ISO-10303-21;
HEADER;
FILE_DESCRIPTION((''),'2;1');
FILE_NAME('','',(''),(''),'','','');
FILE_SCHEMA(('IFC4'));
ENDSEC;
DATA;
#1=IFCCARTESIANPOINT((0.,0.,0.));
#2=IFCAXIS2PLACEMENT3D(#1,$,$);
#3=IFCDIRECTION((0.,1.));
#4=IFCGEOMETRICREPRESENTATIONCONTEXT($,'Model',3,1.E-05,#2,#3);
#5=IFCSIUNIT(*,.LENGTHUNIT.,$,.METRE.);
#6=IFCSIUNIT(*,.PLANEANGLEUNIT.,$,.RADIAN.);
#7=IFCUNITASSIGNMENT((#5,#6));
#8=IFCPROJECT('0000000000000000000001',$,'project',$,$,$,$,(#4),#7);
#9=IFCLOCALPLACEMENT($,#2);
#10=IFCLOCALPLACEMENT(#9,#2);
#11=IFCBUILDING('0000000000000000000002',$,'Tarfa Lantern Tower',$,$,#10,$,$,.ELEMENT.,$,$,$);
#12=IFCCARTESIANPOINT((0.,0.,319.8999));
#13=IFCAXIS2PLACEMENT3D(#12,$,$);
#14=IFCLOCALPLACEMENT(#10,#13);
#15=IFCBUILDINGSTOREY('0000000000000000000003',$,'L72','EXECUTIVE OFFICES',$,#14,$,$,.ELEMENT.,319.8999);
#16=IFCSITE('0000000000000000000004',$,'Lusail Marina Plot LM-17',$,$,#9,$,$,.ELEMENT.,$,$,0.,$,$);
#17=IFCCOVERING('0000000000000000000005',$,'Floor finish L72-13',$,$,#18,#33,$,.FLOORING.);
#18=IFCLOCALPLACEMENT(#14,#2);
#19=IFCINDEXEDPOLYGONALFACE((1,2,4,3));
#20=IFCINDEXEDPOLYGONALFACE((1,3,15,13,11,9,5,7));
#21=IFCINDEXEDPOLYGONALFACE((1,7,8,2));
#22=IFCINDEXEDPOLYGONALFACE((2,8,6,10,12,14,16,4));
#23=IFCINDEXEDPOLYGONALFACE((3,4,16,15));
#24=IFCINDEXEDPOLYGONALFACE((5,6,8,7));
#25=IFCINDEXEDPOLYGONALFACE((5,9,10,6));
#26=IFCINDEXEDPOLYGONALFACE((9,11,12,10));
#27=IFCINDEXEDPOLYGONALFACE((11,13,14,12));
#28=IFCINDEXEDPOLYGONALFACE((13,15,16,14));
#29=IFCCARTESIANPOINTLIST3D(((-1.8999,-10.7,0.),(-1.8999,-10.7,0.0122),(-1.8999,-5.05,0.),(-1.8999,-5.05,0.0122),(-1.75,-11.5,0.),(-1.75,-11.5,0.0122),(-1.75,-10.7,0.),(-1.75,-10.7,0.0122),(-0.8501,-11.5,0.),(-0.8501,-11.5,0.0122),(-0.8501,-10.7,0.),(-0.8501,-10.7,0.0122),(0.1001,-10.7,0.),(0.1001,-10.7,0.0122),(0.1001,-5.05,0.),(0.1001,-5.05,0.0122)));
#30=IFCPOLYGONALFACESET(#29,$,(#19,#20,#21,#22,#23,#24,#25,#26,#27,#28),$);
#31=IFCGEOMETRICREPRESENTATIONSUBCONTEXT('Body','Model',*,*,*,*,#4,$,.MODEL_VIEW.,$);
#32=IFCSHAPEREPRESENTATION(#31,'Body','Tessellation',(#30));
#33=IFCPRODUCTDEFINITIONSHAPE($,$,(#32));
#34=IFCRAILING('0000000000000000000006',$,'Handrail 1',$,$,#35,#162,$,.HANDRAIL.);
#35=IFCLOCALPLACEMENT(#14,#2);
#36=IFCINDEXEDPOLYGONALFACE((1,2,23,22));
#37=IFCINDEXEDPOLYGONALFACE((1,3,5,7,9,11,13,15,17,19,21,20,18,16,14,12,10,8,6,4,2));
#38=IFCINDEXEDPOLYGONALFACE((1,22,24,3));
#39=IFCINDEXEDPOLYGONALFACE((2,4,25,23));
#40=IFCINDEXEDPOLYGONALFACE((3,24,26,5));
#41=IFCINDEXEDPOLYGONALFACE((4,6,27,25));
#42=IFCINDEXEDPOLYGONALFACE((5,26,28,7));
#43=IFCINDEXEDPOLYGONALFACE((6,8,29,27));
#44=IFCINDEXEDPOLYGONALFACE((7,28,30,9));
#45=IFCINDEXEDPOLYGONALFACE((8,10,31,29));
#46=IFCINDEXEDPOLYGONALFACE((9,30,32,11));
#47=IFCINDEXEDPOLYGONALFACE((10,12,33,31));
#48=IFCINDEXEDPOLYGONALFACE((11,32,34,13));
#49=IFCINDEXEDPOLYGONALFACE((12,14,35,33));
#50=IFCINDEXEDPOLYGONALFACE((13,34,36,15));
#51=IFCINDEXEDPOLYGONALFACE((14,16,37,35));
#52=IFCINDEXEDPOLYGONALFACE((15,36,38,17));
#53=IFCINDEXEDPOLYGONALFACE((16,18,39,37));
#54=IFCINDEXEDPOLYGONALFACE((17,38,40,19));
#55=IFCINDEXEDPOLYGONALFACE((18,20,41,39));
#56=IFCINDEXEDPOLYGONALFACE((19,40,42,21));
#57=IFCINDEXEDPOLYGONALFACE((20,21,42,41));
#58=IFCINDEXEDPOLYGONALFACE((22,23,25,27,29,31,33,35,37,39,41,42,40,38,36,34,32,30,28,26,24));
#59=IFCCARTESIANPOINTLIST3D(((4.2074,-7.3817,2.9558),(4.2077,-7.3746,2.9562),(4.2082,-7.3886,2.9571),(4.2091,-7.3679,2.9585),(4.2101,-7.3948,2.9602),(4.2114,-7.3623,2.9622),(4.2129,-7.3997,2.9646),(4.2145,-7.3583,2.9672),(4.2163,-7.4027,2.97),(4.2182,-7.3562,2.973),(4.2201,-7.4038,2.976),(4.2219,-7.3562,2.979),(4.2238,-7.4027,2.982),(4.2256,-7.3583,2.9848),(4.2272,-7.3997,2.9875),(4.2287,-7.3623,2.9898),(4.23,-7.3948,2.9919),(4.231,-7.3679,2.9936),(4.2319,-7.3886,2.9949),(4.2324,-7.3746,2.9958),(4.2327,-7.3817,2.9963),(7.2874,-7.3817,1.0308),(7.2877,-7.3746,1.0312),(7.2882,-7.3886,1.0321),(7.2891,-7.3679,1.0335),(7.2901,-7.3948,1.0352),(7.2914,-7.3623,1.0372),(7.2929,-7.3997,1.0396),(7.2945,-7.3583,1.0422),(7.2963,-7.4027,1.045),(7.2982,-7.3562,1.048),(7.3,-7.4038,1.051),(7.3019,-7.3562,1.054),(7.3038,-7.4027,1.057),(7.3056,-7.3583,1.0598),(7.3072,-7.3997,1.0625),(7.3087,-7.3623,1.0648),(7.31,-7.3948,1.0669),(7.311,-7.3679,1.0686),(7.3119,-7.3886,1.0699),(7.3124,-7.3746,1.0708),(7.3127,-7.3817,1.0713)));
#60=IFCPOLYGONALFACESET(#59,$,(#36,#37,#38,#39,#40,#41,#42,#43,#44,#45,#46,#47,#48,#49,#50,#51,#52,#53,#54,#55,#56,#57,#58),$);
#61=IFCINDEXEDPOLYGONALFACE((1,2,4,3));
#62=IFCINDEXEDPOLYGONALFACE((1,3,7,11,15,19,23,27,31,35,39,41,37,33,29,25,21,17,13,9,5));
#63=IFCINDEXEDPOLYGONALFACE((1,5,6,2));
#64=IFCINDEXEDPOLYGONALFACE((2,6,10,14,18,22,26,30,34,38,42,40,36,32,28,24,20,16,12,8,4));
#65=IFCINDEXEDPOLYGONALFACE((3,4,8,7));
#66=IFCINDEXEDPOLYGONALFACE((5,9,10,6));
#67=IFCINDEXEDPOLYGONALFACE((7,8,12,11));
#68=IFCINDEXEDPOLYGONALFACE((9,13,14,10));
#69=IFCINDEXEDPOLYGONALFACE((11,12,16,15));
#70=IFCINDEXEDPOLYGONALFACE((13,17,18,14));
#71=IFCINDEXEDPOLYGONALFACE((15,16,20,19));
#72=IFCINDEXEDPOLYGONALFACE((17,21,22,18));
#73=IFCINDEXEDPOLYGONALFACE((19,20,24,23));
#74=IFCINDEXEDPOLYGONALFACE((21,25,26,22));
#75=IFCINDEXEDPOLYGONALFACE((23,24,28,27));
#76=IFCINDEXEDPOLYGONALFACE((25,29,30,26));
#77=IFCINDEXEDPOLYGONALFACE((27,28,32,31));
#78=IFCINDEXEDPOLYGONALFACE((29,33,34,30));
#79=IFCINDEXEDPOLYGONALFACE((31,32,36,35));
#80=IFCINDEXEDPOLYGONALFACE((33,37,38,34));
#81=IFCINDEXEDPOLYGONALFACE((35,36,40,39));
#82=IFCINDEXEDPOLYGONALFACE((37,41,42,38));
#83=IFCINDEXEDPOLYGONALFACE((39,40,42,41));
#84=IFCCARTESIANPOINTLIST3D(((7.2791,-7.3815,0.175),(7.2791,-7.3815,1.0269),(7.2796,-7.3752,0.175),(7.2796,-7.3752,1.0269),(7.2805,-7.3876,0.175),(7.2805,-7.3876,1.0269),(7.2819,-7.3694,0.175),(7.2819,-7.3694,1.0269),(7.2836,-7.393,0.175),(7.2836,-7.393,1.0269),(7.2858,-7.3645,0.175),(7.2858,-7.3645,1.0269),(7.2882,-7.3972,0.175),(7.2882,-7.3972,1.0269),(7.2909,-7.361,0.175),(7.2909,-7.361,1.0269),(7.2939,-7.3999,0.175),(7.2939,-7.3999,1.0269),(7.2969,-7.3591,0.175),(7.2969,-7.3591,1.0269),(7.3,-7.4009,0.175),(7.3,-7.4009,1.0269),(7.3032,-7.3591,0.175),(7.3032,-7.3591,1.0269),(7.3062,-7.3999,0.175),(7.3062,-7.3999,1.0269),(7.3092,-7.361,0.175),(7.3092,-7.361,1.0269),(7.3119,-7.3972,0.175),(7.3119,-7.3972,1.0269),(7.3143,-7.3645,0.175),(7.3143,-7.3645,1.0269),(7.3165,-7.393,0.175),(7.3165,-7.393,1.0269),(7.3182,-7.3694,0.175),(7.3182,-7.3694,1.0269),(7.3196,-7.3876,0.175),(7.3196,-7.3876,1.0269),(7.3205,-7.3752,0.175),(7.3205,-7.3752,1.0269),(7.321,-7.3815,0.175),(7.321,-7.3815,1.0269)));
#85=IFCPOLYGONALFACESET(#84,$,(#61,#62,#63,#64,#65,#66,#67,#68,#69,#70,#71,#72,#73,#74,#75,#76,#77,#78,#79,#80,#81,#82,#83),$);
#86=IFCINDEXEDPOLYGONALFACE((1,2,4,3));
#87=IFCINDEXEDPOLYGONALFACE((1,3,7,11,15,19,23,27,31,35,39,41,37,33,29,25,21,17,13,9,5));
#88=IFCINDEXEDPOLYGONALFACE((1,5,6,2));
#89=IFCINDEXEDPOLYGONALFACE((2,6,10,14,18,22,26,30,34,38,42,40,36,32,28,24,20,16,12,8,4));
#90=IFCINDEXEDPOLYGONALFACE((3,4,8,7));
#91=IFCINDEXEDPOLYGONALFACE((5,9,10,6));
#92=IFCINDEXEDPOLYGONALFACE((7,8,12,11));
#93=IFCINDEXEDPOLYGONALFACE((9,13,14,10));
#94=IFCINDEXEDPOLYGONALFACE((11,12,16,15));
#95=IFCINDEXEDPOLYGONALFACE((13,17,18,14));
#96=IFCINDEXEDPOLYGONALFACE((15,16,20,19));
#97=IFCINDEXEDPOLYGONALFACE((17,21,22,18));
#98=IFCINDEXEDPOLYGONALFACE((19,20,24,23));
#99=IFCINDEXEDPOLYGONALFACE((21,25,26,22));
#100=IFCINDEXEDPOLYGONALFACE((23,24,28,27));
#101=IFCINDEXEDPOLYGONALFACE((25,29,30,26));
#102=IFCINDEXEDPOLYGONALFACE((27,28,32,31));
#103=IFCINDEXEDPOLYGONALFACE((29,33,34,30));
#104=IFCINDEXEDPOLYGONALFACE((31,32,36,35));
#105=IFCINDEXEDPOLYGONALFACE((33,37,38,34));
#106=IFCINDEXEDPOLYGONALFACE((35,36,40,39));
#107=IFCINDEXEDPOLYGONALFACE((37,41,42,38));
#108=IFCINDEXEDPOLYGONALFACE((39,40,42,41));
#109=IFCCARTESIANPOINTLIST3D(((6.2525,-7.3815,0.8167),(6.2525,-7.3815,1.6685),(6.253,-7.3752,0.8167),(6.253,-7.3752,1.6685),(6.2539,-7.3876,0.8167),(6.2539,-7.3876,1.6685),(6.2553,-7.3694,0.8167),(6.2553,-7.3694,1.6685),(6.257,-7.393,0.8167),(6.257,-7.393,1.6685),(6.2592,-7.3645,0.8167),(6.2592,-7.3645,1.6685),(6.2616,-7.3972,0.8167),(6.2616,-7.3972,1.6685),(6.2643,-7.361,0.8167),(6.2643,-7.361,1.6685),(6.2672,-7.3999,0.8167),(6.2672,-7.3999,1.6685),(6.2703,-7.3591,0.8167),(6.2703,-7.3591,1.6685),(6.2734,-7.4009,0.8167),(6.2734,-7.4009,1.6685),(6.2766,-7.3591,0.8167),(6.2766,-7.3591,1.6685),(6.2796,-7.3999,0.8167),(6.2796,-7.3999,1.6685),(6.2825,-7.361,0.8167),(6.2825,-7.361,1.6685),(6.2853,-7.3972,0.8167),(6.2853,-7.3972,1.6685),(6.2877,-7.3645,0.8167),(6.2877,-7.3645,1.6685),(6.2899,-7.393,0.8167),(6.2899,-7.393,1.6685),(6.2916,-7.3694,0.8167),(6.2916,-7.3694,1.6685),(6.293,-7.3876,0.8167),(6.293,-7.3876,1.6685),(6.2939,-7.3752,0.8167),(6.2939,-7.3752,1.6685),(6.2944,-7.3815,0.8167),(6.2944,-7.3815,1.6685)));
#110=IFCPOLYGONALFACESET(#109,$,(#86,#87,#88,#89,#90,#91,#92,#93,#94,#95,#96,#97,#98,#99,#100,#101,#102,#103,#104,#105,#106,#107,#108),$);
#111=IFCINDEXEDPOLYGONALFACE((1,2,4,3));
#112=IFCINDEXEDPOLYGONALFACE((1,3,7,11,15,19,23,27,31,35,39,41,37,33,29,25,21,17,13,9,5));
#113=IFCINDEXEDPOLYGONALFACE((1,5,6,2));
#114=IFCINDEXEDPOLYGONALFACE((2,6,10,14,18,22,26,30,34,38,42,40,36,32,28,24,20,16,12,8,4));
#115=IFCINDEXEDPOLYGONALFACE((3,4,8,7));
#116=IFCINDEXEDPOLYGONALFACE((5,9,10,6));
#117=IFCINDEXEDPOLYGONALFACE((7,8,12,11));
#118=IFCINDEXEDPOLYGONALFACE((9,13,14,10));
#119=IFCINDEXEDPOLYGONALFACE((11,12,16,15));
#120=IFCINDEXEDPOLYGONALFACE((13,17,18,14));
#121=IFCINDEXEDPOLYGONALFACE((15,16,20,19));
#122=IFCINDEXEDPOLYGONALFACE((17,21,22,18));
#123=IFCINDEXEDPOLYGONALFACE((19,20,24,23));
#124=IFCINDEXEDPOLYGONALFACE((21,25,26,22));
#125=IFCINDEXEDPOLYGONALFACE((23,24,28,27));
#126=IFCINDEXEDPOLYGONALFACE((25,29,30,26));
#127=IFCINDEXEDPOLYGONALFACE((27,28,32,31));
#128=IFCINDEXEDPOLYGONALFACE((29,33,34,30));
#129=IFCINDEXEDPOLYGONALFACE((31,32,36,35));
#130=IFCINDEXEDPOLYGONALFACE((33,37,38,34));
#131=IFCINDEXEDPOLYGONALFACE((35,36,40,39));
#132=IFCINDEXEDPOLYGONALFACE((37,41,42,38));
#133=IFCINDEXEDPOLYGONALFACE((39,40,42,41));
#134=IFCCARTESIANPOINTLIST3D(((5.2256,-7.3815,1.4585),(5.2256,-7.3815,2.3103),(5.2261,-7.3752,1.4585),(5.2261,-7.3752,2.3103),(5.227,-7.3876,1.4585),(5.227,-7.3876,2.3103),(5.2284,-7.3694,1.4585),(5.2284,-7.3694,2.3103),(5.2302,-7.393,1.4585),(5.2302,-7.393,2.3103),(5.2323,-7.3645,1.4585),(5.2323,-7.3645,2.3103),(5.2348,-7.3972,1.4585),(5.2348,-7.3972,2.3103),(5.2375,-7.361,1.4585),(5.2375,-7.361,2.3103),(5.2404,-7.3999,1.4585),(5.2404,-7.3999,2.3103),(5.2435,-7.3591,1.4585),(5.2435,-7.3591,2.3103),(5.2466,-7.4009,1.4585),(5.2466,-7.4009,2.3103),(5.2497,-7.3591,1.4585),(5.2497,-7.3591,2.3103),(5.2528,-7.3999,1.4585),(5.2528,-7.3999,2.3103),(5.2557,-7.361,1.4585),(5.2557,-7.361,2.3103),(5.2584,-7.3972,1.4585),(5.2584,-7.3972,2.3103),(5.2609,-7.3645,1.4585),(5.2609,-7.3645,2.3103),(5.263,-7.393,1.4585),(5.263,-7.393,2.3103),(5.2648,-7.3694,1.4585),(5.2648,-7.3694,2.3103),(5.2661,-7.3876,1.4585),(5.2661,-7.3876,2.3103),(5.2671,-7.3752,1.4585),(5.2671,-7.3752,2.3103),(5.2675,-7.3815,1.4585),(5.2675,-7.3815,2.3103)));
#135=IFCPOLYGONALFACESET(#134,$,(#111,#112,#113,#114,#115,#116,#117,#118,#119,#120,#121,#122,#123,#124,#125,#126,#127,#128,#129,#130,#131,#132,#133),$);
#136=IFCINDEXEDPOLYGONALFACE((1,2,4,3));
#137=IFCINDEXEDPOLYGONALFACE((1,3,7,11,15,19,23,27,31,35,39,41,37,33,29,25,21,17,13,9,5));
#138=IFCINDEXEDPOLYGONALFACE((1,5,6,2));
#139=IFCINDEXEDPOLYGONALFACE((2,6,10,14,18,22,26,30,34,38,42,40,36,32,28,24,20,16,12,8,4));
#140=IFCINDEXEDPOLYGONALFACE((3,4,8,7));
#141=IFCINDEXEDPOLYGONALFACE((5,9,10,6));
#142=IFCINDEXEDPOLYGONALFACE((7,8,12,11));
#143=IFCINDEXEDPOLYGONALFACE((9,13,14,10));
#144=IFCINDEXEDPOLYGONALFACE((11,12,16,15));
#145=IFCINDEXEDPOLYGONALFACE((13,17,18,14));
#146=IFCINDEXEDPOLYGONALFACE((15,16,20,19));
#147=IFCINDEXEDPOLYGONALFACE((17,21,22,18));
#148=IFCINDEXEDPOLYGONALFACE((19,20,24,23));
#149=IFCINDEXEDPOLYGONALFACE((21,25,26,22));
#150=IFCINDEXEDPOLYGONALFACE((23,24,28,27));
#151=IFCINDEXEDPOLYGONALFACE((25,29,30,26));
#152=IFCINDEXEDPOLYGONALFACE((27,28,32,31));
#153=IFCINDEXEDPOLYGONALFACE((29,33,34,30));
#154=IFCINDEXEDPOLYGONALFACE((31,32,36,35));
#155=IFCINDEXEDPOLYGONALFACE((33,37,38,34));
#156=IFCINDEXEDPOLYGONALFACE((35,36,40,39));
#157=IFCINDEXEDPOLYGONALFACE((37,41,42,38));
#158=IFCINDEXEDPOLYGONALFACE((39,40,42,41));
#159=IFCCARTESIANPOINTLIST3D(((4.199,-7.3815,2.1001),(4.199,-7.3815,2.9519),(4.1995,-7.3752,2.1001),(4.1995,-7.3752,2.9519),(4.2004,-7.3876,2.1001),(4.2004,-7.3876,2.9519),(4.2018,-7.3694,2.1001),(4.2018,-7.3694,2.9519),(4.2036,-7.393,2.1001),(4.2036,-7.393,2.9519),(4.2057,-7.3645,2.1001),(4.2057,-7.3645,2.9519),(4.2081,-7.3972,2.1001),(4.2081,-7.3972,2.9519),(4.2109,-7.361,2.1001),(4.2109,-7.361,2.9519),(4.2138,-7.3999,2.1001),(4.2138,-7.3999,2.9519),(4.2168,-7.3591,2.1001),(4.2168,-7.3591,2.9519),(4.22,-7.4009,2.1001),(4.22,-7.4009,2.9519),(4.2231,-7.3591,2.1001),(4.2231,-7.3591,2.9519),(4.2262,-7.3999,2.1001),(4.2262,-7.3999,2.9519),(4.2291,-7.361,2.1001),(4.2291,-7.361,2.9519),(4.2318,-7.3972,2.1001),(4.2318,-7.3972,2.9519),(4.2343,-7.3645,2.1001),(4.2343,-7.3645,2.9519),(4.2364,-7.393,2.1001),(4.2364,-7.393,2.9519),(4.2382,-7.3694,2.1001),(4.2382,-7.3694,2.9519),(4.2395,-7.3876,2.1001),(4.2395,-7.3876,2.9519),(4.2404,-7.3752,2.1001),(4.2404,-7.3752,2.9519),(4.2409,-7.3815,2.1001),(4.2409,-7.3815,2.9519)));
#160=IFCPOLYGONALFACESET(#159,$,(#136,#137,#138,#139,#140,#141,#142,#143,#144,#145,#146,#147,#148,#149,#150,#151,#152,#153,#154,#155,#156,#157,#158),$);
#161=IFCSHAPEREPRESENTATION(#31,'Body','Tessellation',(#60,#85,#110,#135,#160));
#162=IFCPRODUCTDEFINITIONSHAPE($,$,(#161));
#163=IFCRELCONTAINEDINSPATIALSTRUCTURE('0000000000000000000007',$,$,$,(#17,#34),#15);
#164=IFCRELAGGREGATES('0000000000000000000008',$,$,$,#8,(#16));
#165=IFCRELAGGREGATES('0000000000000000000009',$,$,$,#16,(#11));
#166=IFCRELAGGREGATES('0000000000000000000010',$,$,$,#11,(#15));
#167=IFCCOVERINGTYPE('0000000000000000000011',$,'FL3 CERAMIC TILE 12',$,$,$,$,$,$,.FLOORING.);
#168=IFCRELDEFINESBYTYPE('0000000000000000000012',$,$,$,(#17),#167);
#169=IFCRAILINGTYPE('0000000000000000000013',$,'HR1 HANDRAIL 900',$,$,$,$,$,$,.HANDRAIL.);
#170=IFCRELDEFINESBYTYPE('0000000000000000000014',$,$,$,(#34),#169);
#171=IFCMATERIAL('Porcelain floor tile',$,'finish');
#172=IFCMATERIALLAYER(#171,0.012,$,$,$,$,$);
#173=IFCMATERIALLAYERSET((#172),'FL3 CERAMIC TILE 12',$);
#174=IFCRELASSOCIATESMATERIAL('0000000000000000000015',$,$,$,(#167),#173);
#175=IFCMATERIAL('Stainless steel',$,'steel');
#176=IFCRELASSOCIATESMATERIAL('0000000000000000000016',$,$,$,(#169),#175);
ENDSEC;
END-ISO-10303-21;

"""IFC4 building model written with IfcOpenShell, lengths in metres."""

from ifc_helpers import new_model, si_unit, direction, frame, origin, origin_2d, place, context, subcontext, project, spatial, polyline, circle, outline, extrude, material, layer, layer_set, type_object, element, save


model = new_model("IFC4")

# Units and contexts
model_context = context("Model", 3, precision=1e-05, world=origin(), true_north=direction((0.0, 1.0)))
body_context = subcontext(model_context, "Body", "Model", "MODEL_VIEW")
ifc_project = project(units=[si_unit("LENGTHUNIT", "METRE"), si_unit("PLANEANGLEUNIT", "RADIAN")], contexts=[model_context])

# Site, building, storey
site_placement = place(None, origin())
site = spatial("IfcSite", under=ifc_project, at=site_placement, Name="Lusail Marina Plot LM-17", CompositionType="ELEMENT", RefElevation=0.0)
building_placement = place(site_placement, origin())
building = spatial("IfcBuilding", under=site, at=building_placement, Name="Tarfa Lantern Tower", CompositionType="ELEMENT")
storey_placement = place(building_placement, frame((0.0, 0.0, 319.8999)))
storey = spatial("IfcBuildingStorey", under=building, at=storey_placement, Name="L72", Description="EXECUTIVE OFFICES", CompositionType="ELEMENT", Elevation=319.8999)

# Covering
ifc_material_1 = material(Name="Porcelain floor tile", Category="finish")
ifc_layer_1 = layer(ifc_material_1, 0.012)
ifc_layer_set_1 = layer_set([ifc_layer_1], Name="FL3 CERAMIC TILE 12")
covering_type_1 = type_object("IfcCoveringType", Name="FL3 CERAMIC TILE 12", PredefinedType="FLOORING", material=ifc_layer_set_1)
covering_1_placement = place(storey_placement, origin())
element("IfcCovering", 1, at=covering_1_placement, inside=storey, type_object=covering_type_1, Name="Floor finish L72-13", PredefinedType="FLOORING", context=body_context, shape_type="SweptSolid", body=[
    extrude(outline(polyline([(-0.8501, -10.7), (0.1001, -10.7), (0.1001, -5.05), (-1.8999, -5.05), (-1.8999, -10.7), (-1.75, -10.7), (-1.75, -11.5), (-1.75, -11.5), (-0.8501, -11.5), (-0.8501, -10.7)])), origin(), (0.0, 0.0, 1.0), 0.0122),
])

# Railing
ifc_material_2 = material(Name="Stainless steel", Category="steel")
railing_type = type_object("IfcRailingType", Name="HR1 HANDRAIL 900", PredefinedType="HANDRAIL", material=ifc_material_2)
railing_placement = place(storey_placement, frame((7.3, -7.3799, 0.175)))
element("IfcRailing", 2, at=railing_placement, inside=storey, type_object=railing_type, Name="Handrail 1", PredefinedType="HANDRAIL", context=body_context, shape_type="SweptSolid", body=[
    extrude(circle(Radius=0.0239, at=origin_2d()), frame((0.0, 0.0, 0.876), z_axis=(-0.847998, 0.0, 0.529999), x_axis=(0.0, -1.0, 0.0)), (0.0, 0.0, 1.0), 3.6321),
    extrude(circle(Radius=0.021, at=origin_2d()), frame((0.0, 0.0, 0.0), z_axis=(0.0, 0.0, 1.0), x_axis=(0.0, -1.0, 0.0)), (0.0, 0.0, 1.0), 0.8518),
    extrude(circle(Radius=0.021, at=origin_2d()), frame((-1.0266, 0.0, 0.6416), z_axis=(0.0, 0.0, 1.0), x_axis=(0.0, -1.0, 0.0)), (0.0, 0.0, 1.0), 0.8518),
    extrude(circle(Radius=0.021, at=origin_2d()), frame((-2.0535, 0.0, 1.2834), z_axis=(0.0, 0.0, 1.0), x_axis=(0.0, -1.0, 0.0)), (0.0, 0.0, 1.0), 0.8518),
    extrude(circle(Radius=0.021, at=origin_2d()), frame((-3.0801, 0.0, 1.925), z_axis=(0.0, 0.0, 1.0), x_axis=(0.0, -1.0, 0.0)), (0.0, 0.0, 1.0), 0.8518),
])

save(model, "model.ifc")
